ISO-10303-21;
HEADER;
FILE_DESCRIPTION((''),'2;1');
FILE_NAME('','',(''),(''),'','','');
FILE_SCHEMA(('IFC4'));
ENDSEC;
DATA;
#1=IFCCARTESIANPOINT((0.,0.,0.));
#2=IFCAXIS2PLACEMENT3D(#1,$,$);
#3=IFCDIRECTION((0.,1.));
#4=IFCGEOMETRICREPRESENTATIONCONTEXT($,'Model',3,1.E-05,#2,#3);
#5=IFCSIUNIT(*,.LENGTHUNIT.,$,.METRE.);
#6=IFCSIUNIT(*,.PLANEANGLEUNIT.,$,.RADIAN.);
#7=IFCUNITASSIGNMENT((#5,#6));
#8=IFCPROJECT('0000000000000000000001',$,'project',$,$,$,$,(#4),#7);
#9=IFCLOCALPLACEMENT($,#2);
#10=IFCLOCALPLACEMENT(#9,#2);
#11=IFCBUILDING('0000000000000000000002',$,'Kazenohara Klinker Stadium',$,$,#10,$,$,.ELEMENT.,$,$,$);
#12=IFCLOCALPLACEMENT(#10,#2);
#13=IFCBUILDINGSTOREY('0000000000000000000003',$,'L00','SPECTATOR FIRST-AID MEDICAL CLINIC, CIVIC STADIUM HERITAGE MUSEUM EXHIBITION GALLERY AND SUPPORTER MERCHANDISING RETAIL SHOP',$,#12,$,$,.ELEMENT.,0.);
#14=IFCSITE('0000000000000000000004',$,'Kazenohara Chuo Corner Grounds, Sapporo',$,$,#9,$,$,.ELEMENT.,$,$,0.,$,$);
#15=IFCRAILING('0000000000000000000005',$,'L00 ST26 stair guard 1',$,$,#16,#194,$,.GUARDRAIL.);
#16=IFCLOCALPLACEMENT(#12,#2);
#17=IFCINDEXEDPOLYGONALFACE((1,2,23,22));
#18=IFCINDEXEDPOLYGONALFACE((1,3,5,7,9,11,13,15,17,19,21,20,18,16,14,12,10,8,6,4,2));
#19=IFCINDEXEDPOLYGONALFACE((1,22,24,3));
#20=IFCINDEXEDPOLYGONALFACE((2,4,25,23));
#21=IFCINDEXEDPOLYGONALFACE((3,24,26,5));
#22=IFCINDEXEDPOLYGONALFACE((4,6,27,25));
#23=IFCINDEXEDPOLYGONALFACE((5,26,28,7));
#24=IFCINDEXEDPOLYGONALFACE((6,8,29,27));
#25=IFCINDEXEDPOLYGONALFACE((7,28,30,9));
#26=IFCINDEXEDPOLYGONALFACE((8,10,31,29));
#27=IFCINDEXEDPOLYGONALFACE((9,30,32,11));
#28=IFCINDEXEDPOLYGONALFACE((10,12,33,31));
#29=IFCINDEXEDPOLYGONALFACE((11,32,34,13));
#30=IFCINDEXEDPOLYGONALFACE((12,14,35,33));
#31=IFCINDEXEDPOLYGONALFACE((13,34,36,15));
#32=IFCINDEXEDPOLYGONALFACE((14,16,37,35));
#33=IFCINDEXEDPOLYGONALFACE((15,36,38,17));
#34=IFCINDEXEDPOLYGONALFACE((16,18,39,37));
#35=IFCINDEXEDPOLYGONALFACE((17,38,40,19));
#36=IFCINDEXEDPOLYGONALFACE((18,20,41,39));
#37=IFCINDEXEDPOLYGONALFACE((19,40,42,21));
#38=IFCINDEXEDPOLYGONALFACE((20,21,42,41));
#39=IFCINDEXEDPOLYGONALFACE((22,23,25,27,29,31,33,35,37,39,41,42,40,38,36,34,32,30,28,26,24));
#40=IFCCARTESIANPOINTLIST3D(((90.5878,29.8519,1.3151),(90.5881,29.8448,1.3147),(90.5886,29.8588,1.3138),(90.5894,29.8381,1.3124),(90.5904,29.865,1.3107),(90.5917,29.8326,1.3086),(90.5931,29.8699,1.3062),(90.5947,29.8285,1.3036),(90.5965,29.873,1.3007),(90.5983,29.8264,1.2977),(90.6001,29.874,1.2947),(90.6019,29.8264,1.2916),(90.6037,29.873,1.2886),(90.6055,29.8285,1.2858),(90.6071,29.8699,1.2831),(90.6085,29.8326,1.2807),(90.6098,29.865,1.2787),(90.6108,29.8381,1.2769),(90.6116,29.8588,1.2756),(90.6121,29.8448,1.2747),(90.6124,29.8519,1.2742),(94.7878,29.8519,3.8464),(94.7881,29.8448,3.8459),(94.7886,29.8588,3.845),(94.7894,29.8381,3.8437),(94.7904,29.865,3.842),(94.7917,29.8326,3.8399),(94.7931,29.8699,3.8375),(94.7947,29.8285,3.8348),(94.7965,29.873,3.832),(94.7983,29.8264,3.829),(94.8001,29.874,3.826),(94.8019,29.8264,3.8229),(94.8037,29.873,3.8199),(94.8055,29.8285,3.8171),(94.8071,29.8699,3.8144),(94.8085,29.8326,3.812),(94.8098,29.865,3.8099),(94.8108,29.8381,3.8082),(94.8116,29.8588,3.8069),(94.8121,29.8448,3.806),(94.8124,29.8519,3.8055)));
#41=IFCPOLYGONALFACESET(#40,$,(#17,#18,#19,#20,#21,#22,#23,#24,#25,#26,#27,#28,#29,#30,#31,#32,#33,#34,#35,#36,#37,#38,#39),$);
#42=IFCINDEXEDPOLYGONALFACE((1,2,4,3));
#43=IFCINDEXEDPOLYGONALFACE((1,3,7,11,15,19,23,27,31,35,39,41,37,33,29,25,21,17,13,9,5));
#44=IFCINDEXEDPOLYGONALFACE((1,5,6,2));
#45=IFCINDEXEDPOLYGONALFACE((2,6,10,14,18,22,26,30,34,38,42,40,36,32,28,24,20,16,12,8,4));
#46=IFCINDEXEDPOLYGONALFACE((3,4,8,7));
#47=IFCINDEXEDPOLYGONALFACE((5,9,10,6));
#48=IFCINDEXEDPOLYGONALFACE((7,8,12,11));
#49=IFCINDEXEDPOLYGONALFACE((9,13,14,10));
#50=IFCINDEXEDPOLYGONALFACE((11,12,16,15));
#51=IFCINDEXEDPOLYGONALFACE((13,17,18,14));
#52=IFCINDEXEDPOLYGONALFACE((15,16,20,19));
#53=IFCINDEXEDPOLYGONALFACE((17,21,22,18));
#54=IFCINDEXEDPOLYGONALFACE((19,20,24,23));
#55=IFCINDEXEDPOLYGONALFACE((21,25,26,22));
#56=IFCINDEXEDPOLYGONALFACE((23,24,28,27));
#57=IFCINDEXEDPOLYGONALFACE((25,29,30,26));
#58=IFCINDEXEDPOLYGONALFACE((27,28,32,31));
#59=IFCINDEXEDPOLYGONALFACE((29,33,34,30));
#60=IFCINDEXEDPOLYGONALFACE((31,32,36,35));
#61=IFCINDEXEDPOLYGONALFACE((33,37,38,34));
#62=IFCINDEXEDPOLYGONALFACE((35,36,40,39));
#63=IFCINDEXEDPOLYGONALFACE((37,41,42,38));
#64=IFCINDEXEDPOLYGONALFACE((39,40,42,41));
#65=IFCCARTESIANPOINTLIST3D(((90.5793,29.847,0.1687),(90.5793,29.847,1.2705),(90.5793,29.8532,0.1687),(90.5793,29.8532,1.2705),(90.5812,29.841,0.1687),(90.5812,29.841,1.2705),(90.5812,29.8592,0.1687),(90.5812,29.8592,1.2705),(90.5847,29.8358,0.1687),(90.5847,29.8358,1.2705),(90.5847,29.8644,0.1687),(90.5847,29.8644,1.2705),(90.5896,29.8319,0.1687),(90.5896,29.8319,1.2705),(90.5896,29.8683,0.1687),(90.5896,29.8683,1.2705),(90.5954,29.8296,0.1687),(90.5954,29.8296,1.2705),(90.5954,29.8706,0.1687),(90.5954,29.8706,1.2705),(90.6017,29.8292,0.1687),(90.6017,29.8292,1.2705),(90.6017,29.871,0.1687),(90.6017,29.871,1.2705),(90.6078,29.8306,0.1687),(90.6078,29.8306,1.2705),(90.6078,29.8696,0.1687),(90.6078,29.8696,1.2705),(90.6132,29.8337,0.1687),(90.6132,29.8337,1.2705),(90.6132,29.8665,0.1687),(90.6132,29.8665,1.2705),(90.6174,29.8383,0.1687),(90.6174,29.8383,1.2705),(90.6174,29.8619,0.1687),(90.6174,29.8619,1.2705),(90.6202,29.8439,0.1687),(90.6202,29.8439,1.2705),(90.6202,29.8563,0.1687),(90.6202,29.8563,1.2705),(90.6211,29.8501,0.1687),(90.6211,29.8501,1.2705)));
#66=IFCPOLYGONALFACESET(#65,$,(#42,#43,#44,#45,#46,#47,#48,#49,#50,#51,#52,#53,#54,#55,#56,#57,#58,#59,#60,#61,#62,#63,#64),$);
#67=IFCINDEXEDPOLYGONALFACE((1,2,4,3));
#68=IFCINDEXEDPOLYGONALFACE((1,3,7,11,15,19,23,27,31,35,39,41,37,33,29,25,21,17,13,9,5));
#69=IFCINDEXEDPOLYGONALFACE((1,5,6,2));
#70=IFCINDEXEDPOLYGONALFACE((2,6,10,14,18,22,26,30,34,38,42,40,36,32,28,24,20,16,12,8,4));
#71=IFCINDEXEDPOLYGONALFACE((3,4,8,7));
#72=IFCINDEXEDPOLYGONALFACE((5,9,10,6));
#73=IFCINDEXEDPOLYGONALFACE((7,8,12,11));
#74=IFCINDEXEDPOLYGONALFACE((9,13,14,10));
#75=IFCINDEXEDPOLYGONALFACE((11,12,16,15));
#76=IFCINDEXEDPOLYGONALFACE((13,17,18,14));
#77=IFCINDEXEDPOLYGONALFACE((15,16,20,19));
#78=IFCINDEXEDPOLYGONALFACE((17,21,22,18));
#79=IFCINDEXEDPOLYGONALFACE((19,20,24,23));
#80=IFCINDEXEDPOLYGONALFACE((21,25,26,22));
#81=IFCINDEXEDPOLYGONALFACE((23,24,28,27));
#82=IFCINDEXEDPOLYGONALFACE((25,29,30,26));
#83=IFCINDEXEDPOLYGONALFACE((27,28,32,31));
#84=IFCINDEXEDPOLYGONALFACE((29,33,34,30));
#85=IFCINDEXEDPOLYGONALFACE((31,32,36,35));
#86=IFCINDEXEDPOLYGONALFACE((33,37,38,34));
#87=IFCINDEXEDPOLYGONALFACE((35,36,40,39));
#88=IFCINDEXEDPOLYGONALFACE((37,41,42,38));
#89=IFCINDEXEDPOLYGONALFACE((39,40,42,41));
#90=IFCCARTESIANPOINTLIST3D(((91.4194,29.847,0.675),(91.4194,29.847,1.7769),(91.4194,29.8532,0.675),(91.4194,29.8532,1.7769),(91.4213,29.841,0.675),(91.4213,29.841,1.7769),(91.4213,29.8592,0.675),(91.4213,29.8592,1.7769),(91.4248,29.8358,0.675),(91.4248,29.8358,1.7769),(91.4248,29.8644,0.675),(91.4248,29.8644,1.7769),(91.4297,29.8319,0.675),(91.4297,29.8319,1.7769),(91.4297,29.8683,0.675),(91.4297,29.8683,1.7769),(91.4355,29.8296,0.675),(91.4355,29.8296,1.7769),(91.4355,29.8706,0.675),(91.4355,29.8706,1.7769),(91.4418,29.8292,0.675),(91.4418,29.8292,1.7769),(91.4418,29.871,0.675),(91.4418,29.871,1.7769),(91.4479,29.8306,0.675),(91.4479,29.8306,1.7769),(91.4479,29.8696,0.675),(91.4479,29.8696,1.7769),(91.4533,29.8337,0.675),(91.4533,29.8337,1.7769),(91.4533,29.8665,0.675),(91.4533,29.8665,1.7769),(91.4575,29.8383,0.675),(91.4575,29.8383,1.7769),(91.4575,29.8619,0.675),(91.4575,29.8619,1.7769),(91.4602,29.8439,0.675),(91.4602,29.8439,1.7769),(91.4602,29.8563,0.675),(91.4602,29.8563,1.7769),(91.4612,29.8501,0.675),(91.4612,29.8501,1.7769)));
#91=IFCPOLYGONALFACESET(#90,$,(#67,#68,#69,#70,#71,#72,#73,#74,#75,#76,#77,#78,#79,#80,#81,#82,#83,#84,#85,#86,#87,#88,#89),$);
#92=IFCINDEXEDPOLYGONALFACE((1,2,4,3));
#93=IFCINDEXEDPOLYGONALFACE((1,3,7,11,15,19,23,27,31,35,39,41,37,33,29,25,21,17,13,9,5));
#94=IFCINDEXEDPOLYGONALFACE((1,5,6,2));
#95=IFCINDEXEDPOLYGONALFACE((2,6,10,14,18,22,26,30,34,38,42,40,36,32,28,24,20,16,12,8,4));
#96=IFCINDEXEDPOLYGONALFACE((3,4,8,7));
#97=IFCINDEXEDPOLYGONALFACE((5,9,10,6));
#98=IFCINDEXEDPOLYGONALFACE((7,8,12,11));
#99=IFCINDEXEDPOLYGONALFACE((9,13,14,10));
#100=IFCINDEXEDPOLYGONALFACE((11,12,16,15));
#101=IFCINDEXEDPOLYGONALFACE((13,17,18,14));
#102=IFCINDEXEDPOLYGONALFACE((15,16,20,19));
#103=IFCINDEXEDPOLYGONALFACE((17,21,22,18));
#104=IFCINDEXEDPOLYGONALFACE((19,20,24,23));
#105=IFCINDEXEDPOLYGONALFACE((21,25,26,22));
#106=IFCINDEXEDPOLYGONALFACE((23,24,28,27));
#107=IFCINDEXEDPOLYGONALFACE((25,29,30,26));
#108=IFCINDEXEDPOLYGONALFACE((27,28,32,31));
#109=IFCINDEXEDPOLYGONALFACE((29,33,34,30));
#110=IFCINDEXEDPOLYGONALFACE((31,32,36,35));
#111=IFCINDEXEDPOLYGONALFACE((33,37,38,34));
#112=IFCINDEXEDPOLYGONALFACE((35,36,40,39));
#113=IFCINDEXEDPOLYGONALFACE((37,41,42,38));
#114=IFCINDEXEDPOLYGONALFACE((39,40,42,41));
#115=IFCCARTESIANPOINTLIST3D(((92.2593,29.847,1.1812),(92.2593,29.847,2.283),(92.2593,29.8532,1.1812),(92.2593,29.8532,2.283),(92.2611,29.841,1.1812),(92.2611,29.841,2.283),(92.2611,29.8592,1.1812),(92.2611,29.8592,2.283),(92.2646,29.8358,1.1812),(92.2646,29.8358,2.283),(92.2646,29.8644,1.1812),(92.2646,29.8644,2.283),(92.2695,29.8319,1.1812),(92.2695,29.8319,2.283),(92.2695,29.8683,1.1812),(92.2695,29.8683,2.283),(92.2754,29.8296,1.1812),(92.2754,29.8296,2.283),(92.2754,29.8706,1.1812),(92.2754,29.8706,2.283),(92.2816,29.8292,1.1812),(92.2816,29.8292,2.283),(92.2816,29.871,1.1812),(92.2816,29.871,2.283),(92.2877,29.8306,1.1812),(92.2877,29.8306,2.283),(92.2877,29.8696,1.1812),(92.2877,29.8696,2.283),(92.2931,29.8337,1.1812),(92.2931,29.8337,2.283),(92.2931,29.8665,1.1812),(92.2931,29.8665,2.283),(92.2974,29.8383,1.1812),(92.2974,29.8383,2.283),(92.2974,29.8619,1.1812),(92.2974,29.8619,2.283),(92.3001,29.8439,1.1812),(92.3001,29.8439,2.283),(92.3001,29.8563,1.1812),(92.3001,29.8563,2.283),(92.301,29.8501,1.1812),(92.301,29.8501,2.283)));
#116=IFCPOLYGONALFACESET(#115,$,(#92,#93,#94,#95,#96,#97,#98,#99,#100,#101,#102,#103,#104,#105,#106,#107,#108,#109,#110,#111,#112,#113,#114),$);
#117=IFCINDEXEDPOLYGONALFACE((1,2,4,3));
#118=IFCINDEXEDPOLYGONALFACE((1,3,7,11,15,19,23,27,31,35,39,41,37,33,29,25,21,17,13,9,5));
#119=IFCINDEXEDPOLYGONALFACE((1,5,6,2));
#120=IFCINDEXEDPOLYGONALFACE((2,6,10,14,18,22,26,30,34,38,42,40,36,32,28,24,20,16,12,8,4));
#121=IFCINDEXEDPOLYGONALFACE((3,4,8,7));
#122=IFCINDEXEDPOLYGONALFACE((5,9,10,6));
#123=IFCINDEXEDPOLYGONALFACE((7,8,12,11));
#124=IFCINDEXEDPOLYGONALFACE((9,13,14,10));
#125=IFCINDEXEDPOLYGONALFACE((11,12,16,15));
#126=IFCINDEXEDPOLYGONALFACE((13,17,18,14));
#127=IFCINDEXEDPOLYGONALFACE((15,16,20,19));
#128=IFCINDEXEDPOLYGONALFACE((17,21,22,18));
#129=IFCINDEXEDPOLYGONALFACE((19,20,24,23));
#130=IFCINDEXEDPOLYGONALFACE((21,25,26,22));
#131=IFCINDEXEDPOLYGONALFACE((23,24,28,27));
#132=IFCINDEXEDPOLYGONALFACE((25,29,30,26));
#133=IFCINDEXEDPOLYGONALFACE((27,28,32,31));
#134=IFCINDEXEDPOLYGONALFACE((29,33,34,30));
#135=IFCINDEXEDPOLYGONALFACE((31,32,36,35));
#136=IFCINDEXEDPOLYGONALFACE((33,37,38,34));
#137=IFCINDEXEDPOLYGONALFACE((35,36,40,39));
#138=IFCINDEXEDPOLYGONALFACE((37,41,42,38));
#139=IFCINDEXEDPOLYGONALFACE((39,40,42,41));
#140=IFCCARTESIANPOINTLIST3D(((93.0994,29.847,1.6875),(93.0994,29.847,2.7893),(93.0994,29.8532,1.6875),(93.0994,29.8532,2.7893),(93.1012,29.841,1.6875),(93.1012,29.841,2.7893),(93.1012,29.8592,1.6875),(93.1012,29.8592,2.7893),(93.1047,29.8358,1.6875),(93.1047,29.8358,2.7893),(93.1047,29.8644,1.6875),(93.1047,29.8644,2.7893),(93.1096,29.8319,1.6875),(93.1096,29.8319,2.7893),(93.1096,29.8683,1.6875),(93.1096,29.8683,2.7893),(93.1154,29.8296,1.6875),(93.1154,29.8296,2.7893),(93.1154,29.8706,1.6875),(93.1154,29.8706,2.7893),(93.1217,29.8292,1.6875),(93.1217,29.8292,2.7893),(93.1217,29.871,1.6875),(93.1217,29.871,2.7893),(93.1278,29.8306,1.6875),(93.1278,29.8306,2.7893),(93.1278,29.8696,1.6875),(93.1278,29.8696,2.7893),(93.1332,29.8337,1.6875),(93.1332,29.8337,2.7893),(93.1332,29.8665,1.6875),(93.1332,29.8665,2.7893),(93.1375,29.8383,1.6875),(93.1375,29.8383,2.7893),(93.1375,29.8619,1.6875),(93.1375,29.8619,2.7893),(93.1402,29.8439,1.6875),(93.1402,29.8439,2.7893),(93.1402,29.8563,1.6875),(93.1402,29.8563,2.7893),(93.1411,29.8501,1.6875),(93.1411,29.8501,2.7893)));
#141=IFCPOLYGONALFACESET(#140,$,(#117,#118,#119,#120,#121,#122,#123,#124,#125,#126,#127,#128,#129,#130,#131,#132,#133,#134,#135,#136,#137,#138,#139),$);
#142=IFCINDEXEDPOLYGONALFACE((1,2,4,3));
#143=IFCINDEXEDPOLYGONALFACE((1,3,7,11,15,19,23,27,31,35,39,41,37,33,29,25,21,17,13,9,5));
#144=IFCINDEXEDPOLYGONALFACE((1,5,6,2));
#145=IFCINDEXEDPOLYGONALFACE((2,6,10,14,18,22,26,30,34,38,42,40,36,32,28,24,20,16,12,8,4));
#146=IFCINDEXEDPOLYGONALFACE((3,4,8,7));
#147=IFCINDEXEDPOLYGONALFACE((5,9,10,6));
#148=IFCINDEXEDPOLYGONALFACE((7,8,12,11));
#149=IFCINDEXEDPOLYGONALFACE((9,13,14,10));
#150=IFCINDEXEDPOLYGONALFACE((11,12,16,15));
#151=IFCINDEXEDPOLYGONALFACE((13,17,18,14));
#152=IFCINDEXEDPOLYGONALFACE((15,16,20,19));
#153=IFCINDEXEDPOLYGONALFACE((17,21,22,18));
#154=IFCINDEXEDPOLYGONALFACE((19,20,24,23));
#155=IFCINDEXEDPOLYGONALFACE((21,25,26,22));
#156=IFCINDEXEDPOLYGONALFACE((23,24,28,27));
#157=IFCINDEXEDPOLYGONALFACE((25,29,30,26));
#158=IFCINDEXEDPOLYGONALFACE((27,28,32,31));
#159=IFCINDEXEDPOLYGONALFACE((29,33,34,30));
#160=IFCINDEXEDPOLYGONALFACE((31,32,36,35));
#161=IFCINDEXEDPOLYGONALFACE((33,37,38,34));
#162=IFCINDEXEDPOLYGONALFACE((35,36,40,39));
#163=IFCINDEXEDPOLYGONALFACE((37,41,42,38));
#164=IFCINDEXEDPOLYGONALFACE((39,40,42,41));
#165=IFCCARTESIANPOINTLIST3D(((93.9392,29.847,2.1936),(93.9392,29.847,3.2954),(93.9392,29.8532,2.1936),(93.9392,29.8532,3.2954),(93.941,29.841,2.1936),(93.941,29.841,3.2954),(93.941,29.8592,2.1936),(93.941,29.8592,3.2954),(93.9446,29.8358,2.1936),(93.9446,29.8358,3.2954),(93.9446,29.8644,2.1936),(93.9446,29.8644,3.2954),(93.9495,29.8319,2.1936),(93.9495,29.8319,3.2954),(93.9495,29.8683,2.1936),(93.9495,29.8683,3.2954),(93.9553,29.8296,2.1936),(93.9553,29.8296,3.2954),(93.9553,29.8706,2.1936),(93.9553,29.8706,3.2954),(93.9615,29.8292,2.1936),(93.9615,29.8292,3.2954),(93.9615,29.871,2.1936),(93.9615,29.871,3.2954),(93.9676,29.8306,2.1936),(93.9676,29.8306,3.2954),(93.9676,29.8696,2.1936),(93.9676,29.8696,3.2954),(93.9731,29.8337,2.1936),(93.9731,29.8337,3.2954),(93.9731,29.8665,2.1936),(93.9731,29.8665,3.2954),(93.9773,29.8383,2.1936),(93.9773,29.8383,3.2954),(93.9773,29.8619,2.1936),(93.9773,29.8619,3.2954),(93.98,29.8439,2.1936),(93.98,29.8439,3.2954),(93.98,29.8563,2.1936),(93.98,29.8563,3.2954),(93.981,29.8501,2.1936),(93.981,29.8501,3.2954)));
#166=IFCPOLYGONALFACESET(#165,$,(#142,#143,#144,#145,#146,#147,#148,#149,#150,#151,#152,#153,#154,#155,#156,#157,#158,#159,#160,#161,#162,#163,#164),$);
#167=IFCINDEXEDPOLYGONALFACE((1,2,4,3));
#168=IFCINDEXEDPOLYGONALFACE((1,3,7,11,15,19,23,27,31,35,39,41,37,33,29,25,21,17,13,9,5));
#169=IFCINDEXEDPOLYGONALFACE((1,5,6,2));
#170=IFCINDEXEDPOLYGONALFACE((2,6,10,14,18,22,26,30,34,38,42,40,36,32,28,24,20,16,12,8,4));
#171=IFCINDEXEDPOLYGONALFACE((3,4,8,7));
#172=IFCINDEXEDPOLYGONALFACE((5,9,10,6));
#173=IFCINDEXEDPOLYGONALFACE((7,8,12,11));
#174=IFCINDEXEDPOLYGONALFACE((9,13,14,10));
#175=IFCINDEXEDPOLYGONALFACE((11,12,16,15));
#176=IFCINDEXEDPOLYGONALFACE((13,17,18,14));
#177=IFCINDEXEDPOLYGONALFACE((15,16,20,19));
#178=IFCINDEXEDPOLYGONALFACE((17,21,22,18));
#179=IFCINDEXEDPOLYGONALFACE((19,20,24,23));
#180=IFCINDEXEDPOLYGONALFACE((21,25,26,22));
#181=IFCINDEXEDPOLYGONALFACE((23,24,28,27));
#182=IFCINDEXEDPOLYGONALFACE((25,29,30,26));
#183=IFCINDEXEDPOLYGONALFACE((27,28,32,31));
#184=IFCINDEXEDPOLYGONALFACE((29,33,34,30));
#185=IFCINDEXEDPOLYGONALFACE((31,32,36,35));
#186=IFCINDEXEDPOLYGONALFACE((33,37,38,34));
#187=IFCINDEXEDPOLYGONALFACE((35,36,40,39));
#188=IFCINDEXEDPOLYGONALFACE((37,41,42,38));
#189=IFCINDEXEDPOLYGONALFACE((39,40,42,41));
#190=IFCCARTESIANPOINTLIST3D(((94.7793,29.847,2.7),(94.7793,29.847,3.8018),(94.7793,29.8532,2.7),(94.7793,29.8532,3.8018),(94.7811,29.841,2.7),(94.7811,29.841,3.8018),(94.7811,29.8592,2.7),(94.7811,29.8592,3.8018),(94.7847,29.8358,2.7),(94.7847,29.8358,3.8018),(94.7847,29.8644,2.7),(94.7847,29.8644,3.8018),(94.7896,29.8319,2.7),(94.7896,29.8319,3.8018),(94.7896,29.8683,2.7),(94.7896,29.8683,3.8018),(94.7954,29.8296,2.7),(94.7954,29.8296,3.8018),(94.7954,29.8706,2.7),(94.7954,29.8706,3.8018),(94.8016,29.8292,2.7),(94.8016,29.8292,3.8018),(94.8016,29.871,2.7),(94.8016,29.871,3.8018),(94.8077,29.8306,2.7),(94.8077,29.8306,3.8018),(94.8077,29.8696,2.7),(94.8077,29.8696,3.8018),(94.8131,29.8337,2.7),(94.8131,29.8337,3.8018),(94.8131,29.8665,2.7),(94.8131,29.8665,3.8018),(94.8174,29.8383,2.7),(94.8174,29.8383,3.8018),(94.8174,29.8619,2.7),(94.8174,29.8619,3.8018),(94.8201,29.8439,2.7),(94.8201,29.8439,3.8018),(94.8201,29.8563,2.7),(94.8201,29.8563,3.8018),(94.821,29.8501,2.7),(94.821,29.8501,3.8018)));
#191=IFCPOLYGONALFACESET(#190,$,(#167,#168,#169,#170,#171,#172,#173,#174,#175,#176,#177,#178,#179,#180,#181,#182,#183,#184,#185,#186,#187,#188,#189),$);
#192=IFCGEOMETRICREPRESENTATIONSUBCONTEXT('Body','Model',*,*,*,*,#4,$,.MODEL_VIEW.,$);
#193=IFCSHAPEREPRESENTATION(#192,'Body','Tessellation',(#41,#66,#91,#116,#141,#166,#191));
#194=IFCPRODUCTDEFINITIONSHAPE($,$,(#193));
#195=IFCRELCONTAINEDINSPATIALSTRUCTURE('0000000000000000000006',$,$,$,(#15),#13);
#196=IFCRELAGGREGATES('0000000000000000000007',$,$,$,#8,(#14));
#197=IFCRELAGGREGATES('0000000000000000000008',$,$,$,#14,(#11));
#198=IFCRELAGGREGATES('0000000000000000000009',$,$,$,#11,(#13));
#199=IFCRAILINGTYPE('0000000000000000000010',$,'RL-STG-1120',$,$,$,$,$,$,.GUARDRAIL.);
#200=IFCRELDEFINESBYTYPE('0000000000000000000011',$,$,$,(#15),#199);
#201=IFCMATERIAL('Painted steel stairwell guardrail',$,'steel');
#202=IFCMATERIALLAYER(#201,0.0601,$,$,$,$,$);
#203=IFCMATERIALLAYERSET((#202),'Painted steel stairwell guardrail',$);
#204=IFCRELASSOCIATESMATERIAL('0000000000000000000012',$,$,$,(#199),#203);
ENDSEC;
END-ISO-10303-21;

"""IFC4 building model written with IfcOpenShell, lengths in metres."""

from ifc_helpers import new_model, si_unit, direction, frame, origin, origin_2d, place, context, subcontext, project, spatial, circle, extrude, material, layer, layer_set, type_object, element, save


model = new_model("IFC4")

# Units and contexts
model_context = context("Model", 3, precision=1e-05, world=origin(), true_north=direction((0.0, 1.0)))
body_context = subcontext(model_context, "Body", "Model", "MODEL_VIEW")
ifc_project = project(units=[si_unit("LENGTHUNIT", "METRE"), si_unit("PLANEANGLEUNIT", "RADIAN")], contexts=[model_context])

# Site, building, storey
site_placement = place(None, origin())
site = spatial("IfcSite", under=ifc_project, at=site_placement, Name="Kazenohara Chuo Corner Grounds, Sapporo", CompositionType="ELEMENT", RefElevation=0.0)
building_placement = place(site_placement, origin())
building = spatial("IfcBuilding", under=site, at=building_placement, Name="Kazenohara Klinker Stadium", CompositionType="ELEMENT")
storey_placement = place(building_placement, origin())
storey = spatial("IfcBuildingStorey", under=building, at=storey_placement, Name="L00", Description="SPECTATOR FIRST-AID MEDICAL CLINIC, CIVIC STADIUM HERITAGE MUSEUM EXHIBITION GALLERY AND SUPPORTER MERCHANDISING RETAIL SHOP", CompositionType="ELEMENT", Elevation=0.0)

# Railing
ifc_material_1 = material(Name="Painted steel stairwell guardrail", Category="steel")
ifc_layer_1 = layer(ifc_material_1, 0.0601)
ifc_layer_set_1 = layer_set([ifc_layer_1], Name="Painted steel stairwell guardrail")
railing_type_1 = type_object("IfcRailingType", Name="RL-STG-1120", PredefinedType="GUARDRAIL", material=ifc_layer_set_1)
railing_1_placement = place(storey_placement, frame((90.6001, 29.8501, 0.1687)))
element("IfcRailing", 1, at=railing_1_placement, inside=storey, type_object=railing_type_1, Name="L00 ST26 stair guard 1", PredefinedType="GUARDRAIL", context=body_context, shape_type="SweptSolid", body=[
    extrude(circle(Radius=0.0239, at=origin_2d()), frame((0.0, 0.0, 1.126), z_axis=(0.856476, 0.0, 0.516186), x_axis=(0.0, 1.0, 0.0)), (0.0, 0.0, 1.0), 4.9038),
    extrude(circle(Radius=0.021, at=origin_2d()), origin(), (0.0, 0.0, 1.0), 1.1018),
    extrude(circle(Radius=0.021, at=origin_2d()), frame((0.8401, 0.0, 0.5063)), (0.0, 0.0, 1.0), 1.1018),
    extrude(circle(Radius=0.021, at=origin_2d()), frame((1.6799, 0.0, 1.0125)), (0.0, 0.0, 1.0), 1.1018),
    extrude(circle(Radius=0.021, at=origin_2d()), frame((2.52, 0.0, 1.5188)), (0.0, 0.0, 1.0), 1.1018),
    extrude(circle(Radius=0.021, at=origin_2d()), frame((3.3599, 0.0, 2.0249)), (0.0, 0.0, 1.0), 1.1018),
    extrude(circle(Radius=0.021, at=origin_2d()), frame((4.2, 0.0, 2.5312)), (0.0, 0.0, 1.0), 1.1018),
])

save(model, "model.ifc")
